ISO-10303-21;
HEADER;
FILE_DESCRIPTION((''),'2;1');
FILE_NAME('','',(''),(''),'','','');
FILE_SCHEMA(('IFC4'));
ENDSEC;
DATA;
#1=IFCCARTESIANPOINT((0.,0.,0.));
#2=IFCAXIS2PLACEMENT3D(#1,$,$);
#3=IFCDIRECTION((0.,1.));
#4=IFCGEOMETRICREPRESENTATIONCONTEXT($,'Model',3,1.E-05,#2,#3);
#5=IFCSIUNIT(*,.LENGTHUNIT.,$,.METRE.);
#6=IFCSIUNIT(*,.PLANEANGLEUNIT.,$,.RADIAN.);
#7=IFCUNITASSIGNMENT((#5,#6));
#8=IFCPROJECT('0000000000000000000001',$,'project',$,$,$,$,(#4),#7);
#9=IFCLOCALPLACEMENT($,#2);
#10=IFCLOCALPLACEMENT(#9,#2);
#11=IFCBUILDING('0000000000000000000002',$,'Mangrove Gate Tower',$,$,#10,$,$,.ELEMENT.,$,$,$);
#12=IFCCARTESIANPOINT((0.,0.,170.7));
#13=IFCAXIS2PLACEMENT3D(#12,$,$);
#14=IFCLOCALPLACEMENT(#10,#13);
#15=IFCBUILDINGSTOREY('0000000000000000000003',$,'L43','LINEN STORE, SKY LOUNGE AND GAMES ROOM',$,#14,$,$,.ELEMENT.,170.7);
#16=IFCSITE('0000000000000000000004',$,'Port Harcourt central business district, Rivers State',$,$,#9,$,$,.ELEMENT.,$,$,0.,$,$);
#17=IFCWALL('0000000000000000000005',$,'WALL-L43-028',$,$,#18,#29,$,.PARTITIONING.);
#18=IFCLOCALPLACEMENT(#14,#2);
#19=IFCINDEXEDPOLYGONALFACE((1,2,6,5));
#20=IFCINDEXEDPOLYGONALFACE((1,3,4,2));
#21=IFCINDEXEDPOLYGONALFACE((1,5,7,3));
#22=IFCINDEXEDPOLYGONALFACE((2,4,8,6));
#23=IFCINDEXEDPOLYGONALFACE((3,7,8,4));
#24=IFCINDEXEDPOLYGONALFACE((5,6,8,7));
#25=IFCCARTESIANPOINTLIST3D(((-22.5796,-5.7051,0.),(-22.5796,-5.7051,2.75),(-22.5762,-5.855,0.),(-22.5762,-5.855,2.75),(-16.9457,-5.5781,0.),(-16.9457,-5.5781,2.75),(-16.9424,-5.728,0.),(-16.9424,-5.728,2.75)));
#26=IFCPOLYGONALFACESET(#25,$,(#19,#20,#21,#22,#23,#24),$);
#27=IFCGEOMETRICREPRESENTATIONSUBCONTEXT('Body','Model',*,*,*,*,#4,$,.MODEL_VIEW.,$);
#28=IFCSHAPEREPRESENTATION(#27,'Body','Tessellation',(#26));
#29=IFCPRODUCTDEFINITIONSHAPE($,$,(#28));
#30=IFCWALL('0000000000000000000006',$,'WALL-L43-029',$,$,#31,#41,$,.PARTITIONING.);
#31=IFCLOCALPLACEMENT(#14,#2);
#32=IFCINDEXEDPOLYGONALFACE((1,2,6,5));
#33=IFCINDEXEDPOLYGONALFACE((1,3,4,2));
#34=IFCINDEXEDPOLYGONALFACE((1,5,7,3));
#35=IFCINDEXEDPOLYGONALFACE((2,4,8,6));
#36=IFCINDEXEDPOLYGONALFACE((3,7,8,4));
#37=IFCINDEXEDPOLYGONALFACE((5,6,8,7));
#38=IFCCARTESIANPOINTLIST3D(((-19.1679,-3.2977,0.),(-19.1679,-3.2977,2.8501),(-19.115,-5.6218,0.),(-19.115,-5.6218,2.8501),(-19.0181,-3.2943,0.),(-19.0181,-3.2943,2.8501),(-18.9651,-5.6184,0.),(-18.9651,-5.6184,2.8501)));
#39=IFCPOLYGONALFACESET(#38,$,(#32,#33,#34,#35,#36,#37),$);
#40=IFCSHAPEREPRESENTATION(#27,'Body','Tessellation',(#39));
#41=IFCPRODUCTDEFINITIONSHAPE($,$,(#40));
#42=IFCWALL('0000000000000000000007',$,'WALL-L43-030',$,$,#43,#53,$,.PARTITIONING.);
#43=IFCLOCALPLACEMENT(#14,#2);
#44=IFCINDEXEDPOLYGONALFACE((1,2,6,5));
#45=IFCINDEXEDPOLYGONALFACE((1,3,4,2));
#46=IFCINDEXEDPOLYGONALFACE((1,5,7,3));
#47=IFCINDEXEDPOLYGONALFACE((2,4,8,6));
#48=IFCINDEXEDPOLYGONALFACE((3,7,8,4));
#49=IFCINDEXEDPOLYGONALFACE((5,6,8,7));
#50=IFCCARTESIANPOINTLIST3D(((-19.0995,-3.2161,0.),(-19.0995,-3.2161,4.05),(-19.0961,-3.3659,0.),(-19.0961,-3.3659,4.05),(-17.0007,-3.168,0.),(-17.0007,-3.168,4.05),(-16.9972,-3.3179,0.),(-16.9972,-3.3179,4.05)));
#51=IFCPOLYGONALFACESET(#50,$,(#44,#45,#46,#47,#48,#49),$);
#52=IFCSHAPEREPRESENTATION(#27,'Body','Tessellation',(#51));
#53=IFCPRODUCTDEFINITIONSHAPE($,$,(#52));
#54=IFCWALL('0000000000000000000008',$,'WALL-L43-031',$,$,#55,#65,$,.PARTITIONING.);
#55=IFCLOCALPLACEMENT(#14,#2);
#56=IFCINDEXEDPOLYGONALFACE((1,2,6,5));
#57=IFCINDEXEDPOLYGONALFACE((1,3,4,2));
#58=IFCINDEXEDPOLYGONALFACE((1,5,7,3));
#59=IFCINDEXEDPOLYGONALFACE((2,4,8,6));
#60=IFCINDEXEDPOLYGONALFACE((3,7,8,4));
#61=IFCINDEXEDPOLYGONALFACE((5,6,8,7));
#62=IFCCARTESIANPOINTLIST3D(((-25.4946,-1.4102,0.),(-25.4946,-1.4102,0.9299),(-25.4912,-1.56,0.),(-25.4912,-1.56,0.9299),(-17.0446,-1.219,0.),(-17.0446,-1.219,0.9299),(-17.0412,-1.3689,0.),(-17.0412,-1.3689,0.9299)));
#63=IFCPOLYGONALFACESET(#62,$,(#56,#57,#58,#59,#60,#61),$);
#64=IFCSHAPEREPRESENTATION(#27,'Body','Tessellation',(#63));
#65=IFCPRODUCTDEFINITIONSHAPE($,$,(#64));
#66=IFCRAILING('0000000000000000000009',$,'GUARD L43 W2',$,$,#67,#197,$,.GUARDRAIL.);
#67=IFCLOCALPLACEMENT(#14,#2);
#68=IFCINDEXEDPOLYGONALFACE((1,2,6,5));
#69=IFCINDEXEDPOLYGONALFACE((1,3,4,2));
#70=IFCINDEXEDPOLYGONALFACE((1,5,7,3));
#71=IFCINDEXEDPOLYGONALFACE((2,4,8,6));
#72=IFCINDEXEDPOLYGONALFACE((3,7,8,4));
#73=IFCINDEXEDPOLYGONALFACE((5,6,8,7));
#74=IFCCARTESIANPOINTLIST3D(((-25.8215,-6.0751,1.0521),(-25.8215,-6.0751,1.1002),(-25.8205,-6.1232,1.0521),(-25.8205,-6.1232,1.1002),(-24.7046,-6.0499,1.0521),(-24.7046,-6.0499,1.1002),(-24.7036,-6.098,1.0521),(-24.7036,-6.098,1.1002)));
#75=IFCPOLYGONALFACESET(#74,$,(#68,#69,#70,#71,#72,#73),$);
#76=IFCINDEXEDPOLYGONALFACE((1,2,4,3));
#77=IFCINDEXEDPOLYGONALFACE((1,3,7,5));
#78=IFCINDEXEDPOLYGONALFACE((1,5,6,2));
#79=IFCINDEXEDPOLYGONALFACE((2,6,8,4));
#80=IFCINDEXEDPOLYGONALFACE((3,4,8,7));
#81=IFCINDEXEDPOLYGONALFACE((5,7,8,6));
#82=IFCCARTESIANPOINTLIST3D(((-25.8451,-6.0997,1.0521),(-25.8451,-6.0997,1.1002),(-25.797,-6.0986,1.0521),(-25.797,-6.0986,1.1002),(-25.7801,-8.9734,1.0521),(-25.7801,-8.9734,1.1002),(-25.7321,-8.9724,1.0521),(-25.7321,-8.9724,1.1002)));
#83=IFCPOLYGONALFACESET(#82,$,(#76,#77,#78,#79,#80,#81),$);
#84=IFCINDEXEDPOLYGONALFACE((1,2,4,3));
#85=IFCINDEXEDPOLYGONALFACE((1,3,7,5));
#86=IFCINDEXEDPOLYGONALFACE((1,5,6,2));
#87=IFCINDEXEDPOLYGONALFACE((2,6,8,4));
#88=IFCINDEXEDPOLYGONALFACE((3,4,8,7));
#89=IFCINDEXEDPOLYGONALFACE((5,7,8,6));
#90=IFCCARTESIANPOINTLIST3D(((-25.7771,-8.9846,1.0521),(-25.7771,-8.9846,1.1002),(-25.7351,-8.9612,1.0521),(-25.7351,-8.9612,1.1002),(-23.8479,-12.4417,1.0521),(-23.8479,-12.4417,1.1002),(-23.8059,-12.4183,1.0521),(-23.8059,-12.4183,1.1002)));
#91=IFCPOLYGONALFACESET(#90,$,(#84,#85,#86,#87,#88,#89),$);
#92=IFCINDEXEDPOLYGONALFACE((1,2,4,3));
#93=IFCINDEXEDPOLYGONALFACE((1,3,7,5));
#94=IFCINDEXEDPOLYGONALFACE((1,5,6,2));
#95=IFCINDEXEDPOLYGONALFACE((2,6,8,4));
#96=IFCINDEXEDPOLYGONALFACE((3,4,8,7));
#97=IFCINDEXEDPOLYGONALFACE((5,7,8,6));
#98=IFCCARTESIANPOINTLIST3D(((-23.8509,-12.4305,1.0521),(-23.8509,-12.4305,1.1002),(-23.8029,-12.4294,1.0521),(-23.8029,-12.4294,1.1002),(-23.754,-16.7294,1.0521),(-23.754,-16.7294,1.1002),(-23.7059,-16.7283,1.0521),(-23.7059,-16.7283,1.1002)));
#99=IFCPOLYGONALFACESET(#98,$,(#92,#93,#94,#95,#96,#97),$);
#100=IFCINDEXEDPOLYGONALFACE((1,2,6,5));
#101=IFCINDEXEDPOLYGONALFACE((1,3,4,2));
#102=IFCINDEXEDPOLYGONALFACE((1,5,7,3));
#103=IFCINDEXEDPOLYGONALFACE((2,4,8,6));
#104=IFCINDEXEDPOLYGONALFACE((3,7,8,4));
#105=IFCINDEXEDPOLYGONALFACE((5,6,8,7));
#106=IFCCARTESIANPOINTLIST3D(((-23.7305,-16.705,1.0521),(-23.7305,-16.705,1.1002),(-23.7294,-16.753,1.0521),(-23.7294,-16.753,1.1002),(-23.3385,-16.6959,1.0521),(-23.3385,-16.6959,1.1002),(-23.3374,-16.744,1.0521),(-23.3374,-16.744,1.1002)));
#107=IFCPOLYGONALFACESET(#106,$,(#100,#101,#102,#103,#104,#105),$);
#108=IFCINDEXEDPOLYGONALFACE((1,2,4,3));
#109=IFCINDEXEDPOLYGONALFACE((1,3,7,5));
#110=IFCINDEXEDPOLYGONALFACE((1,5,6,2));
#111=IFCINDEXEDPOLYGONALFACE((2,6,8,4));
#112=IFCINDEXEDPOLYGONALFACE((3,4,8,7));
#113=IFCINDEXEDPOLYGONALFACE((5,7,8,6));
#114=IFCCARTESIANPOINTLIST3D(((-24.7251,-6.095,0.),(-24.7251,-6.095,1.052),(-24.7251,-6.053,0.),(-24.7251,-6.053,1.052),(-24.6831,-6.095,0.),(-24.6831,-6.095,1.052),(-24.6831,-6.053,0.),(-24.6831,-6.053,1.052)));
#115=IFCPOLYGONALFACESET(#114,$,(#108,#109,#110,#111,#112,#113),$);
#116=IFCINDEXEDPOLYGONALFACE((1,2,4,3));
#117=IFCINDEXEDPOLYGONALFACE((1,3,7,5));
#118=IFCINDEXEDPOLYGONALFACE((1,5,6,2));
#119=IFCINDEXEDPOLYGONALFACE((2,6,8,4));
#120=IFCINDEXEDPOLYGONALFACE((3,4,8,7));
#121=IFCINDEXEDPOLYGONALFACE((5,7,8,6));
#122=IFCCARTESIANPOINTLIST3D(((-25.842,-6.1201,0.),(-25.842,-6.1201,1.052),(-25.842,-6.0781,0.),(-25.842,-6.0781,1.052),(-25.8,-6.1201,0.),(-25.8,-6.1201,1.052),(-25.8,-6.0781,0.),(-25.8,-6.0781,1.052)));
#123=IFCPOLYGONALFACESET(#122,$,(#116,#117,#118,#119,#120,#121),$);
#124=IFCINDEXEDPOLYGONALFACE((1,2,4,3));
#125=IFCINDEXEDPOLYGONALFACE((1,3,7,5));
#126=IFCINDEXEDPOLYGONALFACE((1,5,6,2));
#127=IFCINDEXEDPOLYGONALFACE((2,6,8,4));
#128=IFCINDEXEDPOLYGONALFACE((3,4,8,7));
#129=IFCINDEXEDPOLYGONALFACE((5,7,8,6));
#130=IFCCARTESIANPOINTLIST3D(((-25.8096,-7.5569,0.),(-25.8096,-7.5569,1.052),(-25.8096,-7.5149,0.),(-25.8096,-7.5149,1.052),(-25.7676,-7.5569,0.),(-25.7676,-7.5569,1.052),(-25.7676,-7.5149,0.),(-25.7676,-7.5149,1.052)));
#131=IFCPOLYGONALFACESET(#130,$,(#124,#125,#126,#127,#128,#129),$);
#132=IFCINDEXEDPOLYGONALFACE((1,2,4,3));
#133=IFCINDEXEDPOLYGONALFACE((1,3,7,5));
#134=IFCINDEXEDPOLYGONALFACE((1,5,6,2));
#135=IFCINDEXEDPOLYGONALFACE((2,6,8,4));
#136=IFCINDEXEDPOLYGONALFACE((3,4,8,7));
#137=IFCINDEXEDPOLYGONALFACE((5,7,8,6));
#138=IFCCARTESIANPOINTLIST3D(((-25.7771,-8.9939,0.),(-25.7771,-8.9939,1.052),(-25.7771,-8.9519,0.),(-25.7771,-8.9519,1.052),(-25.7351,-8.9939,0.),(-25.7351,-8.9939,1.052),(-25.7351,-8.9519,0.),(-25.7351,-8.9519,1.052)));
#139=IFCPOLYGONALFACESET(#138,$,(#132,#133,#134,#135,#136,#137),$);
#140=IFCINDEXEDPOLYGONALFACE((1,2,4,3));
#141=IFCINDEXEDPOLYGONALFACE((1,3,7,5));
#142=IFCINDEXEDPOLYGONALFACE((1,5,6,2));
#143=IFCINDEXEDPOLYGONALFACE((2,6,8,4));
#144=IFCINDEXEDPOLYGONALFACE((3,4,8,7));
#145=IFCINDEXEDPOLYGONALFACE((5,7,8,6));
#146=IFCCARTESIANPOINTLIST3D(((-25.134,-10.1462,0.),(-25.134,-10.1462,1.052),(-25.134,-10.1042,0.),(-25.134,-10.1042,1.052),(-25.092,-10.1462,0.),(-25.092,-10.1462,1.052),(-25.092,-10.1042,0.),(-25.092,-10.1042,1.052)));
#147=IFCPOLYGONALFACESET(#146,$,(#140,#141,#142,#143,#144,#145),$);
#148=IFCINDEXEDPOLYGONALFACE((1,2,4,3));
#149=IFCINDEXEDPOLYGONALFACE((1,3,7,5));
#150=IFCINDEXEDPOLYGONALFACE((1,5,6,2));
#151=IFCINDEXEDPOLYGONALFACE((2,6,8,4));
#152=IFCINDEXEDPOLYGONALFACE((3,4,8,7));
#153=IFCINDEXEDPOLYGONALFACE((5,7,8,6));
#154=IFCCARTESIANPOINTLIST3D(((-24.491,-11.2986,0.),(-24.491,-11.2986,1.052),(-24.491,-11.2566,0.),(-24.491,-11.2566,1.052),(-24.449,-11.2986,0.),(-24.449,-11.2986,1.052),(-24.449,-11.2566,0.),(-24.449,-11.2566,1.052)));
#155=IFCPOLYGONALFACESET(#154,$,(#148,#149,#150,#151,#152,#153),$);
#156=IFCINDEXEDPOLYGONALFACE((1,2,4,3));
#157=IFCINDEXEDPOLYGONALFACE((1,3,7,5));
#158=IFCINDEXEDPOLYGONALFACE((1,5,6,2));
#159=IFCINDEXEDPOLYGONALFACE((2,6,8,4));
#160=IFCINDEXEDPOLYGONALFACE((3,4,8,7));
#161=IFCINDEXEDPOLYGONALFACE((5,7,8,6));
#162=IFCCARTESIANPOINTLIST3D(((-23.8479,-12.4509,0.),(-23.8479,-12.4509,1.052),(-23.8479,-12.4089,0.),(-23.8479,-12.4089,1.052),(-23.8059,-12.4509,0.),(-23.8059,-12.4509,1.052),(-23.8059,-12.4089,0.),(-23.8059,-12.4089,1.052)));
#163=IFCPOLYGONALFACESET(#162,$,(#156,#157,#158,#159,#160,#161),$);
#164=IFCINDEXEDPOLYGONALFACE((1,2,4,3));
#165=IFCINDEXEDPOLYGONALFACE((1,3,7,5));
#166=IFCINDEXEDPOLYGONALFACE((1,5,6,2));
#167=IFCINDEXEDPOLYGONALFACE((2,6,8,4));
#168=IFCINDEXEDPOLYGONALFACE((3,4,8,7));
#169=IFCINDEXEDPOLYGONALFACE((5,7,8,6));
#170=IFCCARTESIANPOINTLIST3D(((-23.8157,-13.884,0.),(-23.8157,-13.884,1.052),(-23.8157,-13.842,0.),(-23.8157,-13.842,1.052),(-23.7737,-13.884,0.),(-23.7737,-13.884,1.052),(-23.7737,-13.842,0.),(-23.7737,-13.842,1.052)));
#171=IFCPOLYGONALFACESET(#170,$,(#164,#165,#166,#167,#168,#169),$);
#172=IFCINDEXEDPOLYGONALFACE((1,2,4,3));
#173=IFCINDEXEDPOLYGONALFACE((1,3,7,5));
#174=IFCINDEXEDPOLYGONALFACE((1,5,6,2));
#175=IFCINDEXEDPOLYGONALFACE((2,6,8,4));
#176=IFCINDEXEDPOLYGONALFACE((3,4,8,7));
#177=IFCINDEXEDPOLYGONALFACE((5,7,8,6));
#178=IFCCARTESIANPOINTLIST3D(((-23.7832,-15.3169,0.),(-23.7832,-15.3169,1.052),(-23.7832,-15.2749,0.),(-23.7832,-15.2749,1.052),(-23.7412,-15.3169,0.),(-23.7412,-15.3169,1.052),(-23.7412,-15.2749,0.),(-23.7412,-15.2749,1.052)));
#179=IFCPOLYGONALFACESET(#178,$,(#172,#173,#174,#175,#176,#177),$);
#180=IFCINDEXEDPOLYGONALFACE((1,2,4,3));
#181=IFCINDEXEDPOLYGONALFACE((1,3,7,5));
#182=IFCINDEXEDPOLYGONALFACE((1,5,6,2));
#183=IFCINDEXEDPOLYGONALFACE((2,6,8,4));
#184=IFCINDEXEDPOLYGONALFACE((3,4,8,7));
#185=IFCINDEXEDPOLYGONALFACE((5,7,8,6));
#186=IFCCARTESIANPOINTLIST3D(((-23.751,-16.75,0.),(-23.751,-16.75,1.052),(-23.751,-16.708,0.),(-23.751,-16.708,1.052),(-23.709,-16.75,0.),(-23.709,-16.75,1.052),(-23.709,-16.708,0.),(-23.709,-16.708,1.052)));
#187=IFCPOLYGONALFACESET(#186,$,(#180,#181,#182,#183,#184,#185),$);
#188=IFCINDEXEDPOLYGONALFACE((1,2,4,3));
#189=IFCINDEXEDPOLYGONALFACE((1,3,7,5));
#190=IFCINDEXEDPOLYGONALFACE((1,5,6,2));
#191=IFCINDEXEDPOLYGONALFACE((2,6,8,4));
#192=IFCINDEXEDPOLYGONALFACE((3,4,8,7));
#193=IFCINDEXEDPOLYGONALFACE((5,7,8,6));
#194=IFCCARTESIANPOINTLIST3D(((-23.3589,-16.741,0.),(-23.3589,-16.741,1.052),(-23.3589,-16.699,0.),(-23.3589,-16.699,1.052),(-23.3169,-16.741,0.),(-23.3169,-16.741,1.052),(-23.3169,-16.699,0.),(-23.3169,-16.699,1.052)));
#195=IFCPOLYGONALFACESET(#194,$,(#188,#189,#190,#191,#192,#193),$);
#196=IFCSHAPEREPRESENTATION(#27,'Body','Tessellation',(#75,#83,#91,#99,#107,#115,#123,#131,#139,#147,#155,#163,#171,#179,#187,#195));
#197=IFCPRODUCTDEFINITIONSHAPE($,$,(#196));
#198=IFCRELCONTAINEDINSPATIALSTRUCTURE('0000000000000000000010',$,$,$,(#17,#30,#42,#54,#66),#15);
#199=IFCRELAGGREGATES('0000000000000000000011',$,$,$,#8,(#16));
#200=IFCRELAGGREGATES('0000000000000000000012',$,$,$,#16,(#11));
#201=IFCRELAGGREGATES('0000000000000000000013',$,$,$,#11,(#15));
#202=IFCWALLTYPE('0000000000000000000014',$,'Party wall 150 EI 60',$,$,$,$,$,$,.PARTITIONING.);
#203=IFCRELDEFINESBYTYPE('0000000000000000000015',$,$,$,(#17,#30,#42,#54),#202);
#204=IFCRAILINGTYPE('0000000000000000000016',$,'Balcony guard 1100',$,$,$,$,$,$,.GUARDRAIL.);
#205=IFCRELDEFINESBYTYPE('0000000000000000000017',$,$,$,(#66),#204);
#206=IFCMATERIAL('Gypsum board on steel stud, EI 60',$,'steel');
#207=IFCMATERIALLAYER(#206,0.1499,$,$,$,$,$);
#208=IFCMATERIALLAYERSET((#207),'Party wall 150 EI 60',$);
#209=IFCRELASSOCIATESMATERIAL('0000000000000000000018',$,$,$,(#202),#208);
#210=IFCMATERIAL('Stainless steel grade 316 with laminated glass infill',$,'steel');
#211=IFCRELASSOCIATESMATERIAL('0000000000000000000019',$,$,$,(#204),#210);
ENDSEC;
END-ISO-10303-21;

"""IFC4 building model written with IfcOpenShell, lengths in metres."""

from ifc_helpers import new_model, si_unit, direction, frame, frame_2d, origin, origin_2d, place, context, subcontext, project, spatial, rectangle, extrude, material, layer, layer_set, type_object, element, save


model = new_model("IFC4")

# Units and contexts
model_context = context("Model", 3, precision=1e-05, world=origin(), true_north=direction((0.0, 1.0)))
body_context = subcontext(model_context, "Body", "Model", "MODEL_VIEW")
ifc_project = project(units=[si_unit("LENGTHUNIT", "METRE"), si_unit("PLANEANGLEUNIT", "RADIAN")], contexts=[model_context])

# Site, building, storey
site_placement = place(None, origin())
site = spatial("IfcSite", under=ifc_project, at=site_placement, Name="Port Harcourt central business district, Rivers State", CompositionType="ELEMENT", RefElevation=0.0)
building_placement = place(site_placement, origin())
building = spatial("IfcBuilding", under=site, at=building_placement, Name="Mangrove Gate Tower", CompositionType="ELEMENT")
storey_placement = place(building_placement, frame((0.0, 0.0, 170.7)))
storey = spatial("IfcBuildingStorey", under=building, at=storey_placement, Name="L43", Description="LINEN STORE, SKY LOUNGE AND GAMES ROOM", CompositionType="ELEMENT", Elevation=170.7)

# Walls
ifc_material_1 = material(Name="Gypsum board on steel stud, EI 60", Category="steel")
ifc_layer_1 = layer(ifc_material_1, 0.1499)
ifc_layer_set_1 = layer_set([ifc_layer_1], Name="Party wall 150 EI 60")
wall_type_1 = type_object("IfcWallType", Name="Party wall 150 EI 60", PredefinedType="PARTITIONING", material=ifc_layer_set_1)
wall_1_placement = place(storey_placement, frame((-22.5779, -5.78, 0.0), z_axis=(0.0, 0.0, 1.0), x_axis=(0.999746, 0.022529, 0.0)))
element("IfcWall", 1, at=wall_1_placement, inside=storey, type_object=wall_type_1, Name="WALL-L43-028", PredefinedType="PARTITIONING", context=body_context, shape_type="SweptSolid", body=[
    extrude(rectangle(XDim=5.6353, YDim=0.1499, at=frame_2d((2.8176, 0.0))), origin(), (0.0, 0.0, 1.0), 2.75),
])
wall_2_placement = place(storey_placement, frame((-19.04, -5.6201, 0.0), z_axis=(0.0, 0.0, 1.0), x_axis=(-0.022788, 0.99974, 0.0)))
element("IfcWall", 2, at=wall_2_placement, inside=storey, type_object=wall_type_1, Name="WALL-L43-029", PredefinedType="PARTITIONING", context=body_context, shape_type="SweptSolid", body=[
    extrude(rectangle(XDim=2.3247, YDim=0.1499, at=frame_2d((1.1624, 0.0))), origin(), (0.0, 0.0, 1.0), 2.8501),
])
wall_3_placement = place(storey_placement, frame((-19.0979, -3.291, 0.0), z_axis=(0.0, 0.0, 1.0), x_axis=(0.999738, 0.022909, 0.0)))
element("IfcWall", 3, at=wall_3_placement, inside=storey, type_object=wall_type_1, Name="WALL-L43-030", PredefinedType="PARTITIONING", context=body_context, shape_type="SweptSolid", body=[
    extrude(rectangle(XDim=2.0994, YDim=0.1499, at=frame_2d((1.0498, 0.0))), origin(), (0.0, 0.0, 1.0), 4.05),
])
wall_4_placement = place(storey_placement, frame((-25.4929, -1.4851, 0.0), z_axis=(0.0, 0.0, 1.0), x_axis=(0.999744, 0.022617, 0.0)))
element("IfcWall", 4, at=wall_4_placement, inside=storey, type_object=wall_type_1, Name="WALL-L43-031", PredefinedType="PARTITIONING", context=body_context, shape_type="SweptSolid", body=[
    extrude(rectangle(XDim=8.4521, YDim=0.1499, at=frame_2d((4.2261, 0.0))), origin(), (0.0, 0.0, 1.0), 0.9299),
])

# Railing
ifc_material_2 = material(Name="Stainless steel grade 316 with laminated glass infill", Category="steel")
railing_type = type_object("IfcRailingType", Name="Balcony guard 1100", PredefinedType="GUARDRAIL", material=ifc_material_2)
railing_1_placement = place(storey_placement, frame((-24.7041, -6.074, 0.0)))
element("IfcRailing", 5, at=railing_1_placement, inside=storey, type_object=railing_type, Name="GUARD L43 W2", PredefinedType="GUARDRAIL", context=body_context, shape_type="SweptSolid", body=[
    extrude(rectangle(XDim=0.0481, YDim=0.0481, at=origin_2d()), frame((0.0, 0.0, 1.0762), z_axis=(-0.999747, -0.022508, 0.0), x_axis=(0.022508, -0.999747, 0.0)), (0.0, 0.0, 1.0), 1.1172),
    extrude(rectangle(XDim=0.0481, YDim=0.0481, at=origin_2d()), frame((-1.1169, -0.0251, 1.0762), z_axis=(0.022592, -0.999745, 0.0), x_axis=(0.999745, 0.022592, 0.0)), (0.0, 0.0, 1.0), 2.8745),
    extrude(rectangle(XDim=0.0481, YDim=0.0481, at=origin_2d()), frame((-1.052, -2.8989, 1.0762), z_axis=(0.487307, -0.873231, 0.0), x_axis=(0.873231, 0.487307, 0.0)), (0.0, 0.0, 1.0), 3.959),
    extrude(rectangle(XDim=0.0481, YDim=0.0481, at=origin_2d()), frame((0.8772, -6.356, 1.0762), z_axis=(0.02254, -0.999746, 0.0), x_axis=(0.999746, 0.02254, 0.0)), (0.0, 0.0, 1.0), 4.3),
    extrude(rectangle(XDim=0.0481, YDim=0.0481, at=origin_2d()), frame((0.9741, -10.655, 1.0762), z_axis=(0.999735, 0.023032, 0.0), x_axis=(-0.023032, 0.999735, 0.0)), (0.0, 0.0, 1.0), 0.3921),
    extrude(rectangle(XDim=0.042, YDim=0.042, at=origin_2d()), origin(), (0.0, 0.0, 1.0), 1.052),
    extrude(rectangle(XDim=0.042, YDim=0.042, at=origin_2d()), frame((-1.1169, -0.0251, 0.0)), (0.0, 0.0, 1.0), 1.052),
    extrude(rectangle(XDim=0.042, YDim=0.042, at=origin_2d()), frame((-1.0845, -1.4619, 0.0)), (0.0, 0.0, 1.0), 1.052),
    extrude(rectangle(XDim=0.042, YDim=0.042, at=origin_2d()), frame((-1.052, -2.8989, 0.0)), (0.0, 0.0, 1.0), 1.052),
    extrude(rectangle(XDim=0.042, YDim=0.042, at=origin_2d()), frame((-0.4089, -4.0513, 0.0)), (0.0, 0.0, 1.0), 1.052),
    extrude(rectangle(XDim=0.042, YDim=0.042, at=origin_2d()), frame((0.2341, -5.2036, 0.0)), (0.0, 0.0, 1.0), 1.052),
    extrude(rectangle(XDim=0.042, YDim=0.042, at=origin_2d()), frame((0.8772, -6.356, 0.0)), (0.0, 0.0, 1.0), 1.052),
    extrude(rectangle(XDim=0.042, YDim=0.042, at=origin_2d()), frame((0.9094, -7.7891, 0.0)), (0.0, 0.0, 1.0), 1.052),
    extrude(rectangle(XDim=0.042, YDim=0.042, at=origin_2d()), frame((0.9419, -9.2219, 0.0)), (0.0, 0.0, 1.0), 1.052),
    extrude(rectangle(XDim=0.042, YDim=0.042, at=origin_2d()), frame((0.9741, -10.655, 0.0)), (0.0, 0.0, 1.0), 1.052),
    extrude(rectangle(XDim=0.042, YDim=0.042, at=origin_2d()), frame((1.3662, -10.646, 0.0)), (0.0, 0.0, 1.0), 1.052),
])

save(model, "model.ifc")
